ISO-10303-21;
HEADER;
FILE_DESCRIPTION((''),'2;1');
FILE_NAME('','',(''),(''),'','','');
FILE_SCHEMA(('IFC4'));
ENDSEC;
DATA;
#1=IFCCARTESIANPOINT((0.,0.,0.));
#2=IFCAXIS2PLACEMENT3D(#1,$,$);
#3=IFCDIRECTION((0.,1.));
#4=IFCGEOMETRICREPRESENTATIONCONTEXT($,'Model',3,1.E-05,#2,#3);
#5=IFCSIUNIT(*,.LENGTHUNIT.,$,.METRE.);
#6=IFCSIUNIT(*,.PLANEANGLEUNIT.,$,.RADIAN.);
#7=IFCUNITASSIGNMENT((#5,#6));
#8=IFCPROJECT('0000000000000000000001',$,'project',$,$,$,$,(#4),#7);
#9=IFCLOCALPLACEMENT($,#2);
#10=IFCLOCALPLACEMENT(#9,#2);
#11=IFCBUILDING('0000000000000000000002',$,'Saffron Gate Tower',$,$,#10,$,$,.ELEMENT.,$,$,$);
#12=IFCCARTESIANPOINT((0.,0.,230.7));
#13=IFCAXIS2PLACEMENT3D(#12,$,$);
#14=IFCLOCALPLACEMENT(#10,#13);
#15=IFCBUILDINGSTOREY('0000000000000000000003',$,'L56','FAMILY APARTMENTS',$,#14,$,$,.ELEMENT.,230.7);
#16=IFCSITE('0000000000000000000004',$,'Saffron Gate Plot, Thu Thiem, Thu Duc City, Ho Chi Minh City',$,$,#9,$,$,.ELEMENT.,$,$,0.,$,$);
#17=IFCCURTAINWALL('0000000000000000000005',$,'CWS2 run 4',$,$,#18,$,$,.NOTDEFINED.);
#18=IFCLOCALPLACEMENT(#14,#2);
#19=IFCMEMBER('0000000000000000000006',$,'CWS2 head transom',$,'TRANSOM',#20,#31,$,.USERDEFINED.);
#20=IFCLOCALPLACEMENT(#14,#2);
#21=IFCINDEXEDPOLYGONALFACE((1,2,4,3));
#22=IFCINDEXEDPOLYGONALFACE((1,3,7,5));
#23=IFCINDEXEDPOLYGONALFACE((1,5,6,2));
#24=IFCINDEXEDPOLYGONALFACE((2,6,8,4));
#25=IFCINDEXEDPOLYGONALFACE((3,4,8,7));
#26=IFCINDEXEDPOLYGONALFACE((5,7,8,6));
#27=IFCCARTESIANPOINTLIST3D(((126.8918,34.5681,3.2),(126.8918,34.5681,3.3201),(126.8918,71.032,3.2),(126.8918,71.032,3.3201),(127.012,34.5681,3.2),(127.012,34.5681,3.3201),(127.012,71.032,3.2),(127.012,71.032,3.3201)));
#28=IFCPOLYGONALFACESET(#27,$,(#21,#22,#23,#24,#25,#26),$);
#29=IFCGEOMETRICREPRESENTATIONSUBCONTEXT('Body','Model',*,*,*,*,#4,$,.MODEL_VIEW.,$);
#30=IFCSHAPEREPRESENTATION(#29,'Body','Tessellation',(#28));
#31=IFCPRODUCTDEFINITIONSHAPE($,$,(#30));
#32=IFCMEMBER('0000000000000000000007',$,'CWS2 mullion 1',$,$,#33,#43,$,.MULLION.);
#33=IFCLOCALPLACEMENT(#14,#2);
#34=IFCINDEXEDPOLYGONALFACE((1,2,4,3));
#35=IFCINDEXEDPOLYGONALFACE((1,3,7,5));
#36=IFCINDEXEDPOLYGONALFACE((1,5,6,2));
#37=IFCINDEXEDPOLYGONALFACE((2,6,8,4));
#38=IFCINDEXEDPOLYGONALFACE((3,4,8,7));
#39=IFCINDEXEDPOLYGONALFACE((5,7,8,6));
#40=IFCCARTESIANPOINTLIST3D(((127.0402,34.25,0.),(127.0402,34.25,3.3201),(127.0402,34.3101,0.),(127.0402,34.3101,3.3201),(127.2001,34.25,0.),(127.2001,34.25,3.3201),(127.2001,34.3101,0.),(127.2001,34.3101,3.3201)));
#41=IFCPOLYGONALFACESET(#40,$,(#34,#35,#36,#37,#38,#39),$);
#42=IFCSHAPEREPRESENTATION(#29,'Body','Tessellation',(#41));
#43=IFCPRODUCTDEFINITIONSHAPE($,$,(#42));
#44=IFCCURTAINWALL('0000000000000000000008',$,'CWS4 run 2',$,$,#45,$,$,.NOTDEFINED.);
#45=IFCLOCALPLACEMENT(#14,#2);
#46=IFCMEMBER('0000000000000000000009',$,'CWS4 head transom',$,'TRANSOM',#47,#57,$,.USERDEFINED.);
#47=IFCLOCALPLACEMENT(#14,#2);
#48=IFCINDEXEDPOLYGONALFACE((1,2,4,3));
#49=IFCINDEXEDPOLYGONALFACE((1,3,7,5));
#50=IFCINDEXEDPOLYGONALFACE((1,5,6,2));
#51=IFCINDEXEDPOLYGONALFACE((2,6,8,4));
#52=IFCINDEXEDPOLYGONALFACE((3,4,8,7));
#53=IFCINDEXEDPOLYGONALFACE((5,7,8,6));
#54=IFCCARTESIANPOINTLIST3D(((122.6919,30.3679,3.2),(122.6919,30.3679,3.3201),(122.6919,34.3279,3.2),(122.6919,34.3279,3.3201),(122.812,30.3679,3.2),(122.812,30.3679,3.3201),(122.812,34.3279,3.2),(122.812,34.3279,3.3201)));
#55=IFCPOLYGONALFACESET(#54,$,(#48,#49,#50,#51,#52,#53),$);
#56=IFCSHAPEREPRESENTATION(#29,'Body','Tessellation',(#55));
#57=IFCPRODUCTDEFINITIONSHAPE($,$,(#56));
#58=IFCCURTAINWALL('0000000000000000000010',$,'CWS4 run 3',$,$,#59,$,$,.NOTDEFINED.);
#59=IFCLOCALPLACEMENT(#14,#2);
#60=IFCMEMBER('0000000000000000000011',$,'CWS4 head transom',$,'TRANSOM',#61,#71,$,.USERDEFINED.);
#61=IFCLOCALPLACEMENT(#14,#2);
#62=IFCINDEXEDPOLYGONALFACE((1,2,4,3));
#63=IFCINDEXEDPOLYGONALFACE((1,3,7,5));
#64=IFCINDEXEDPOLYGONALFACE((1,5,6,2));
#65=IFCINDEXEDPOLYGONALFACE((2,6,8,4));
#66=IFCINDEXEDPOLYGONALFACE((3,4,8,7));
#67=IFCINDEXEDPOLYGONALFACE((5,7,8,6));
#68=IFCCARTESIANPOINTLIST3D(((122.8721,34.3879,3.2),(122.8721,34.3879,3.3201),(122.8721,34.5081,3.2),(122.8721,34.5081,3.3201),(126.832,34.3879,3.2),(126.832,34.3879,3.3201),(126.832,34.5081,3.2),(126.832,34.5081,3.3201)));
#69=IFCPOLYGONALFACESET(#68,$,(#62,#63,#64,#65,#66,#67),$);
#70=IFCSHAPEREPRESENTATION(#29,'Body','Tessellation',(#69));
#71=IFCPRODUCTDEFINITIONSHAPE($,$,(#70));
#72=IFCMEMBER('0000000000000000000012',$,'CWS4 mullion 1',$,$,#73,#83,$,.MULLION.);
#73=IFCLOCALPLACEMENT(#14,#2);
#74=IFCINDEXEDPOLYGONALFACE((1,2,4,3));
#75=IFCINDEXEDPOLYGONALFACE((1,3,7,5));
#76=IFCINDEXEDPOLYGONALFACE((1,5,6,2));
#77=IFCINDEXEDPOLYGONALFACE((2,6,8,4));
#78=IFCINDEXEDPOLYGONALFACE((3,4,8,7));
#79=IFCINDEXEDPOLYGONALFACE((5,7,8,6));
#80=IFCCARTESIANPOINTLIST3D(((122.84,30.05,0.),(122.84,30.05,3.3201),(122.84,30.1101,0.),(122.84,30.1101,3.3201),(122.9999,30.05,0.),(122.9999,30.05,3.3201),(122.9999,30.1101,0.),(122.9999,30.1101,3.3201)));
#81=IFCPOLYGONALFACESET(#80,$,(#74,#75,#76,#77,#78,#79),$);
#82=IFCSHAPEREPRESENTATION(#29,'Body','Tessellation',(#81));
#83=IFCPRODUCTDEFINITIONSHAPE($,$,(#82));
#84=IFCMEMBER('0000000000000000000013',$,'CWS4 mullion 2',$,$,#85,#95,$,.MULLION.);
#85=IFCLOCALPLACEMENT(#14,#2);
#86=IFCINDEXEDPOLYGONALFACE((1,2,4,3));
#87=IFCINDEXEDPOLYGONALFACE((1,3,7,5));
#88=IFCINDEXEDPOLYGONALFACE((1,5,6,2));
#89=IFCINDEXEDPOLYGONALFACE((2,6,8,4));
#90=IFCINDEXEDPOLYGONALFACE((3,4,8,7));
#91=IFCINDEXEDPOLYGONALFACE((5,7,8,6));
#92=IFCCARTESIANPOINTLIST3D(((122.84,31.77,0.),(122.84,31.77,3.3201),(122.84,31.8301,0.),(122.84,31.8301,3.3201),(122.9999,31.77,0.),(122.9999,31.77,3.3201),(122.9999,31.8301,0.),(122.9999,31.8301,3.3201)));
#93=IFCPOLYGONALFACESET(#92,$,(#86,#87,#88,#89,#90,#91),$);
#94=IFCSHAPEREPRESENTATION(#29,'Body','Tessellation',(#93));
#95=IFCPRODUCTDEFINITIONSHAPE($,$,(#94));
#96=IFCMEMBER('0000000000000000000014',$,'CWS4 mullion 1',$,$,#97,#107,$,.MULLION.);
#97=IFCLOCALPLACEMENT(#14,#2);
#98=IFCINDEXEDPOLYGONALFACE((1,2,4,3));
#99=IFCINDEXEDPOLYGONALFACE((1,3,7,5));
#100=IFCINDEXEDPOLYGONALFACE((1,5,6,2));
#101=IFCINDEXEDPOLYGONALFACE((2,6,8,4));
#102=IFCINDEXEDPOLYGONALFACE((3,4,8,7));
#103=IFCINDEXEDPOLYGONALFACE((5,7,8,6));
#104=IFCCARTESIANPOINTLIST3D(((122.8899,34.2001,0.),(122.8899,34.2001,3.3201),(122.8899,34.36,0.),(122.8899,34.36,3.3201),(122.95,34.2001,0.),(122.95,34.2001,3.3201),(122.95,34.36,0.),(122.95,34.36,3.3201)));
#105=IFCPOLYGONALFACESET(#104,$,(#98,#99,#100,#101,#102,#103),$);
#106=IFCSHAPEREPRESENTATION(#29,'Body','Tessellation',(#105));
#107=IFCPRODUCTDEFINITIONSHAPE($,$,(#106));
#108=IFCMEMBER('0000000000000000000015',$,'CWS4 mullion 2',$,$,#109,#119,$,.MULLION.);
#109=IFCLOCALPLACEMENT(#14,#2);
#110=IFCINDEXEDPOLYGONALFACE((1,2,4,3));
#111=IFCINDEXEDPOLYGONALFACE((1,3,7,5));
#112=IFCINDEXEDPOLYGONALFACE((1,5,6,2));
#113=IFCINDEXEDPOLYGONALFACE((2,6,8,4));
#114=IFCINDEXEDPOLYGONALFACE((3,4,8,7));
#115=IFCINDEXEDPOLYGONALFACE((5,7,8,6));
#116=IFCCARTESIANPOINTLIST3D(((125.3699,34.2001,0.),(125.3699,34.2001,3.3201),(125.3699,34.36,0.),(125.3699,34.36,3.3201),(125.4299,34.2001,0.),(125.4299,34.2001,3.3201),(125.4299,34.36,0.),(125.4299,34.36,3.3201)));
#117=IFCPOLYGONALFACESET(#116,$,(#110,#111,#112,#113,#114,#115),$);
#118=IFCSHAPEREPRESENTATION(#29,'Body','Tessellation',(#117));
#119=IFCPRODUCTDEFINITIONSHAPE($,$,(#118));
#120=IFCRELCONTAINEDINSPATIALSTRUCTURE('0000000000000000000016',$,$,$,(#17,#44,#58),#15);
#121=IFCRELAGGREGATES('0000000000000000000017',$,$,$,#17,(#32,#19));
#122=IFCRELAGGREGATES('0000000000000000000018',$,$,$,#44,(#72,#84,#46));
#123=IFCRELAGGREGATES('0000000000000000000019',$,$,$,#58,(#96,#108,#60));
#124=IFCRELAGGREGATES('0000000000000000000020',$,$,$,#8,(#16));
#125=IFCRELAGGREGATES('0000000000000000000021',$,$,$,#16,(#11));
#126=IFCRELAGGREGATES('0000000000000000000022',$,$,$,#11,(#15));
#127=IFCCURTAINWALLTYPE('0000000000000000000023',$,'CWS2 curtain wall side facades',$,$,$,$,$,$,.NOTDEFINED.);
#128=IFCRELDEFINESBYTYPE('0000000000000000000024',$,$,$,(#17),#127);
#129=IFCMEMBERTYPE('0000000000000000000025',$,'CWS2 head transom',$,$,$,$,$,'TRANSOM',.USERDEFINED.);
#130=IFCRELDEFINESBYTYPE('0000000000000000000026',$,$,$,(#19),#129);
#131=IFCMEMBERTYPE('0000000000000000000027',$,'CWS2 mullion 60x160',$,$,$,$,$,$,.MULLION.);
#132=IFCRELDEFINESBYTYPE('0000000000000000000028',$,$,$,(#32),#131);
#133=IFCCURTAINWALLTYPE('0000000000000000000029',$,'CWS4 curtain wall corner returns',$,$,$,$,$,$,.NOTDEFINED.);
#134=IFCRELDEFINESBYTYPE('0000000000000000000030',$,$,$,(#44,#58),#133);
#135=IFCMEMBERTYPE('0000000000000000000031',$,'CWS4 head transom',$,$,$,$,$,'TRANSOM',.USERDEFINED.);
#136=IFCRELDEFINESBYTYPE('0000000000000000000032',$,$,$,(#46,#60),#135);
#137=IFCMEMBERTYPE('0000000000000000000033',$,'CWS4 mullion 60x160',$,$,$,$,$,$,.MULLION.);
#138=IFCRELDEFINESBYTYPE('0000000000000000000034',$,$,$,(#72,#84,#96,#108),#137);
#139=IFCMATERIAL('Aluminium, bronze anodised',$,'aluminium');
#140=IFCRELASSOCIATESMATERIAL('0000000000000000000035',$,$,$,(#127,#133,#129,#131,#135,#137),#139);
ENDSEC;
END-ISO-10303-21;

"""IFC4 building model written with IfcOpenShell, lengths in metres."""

from ifc_helpers import new_model, si_unit, direction, frame, origin, origin_2d, place, context, subcontext, project, spatial, rectangle, extrude, material, material_profile, profile_set, type_object, element, aggregate, save


model = new_model("IFC4")

# Units and contexts
model_context = context("Model", 3, precision=1e-05, world=origin(), true_north=direction((0.0, 1.0)))
body_context = subcontext(model_context, "Body", "Model", "MODEL_VIEW")
ifc_project = project(units=[si_unit("LENGTHUNIT", "METRE"), si_unit("PLANEANGLEUNIT", "RADIAN")], contexts=[model_context])

# Site, building, storey
site_placement = place(None, origin())
site = spatial("IfcSite", under=ifc_project, at=site_placement, Name="Saffron Gate Plot, Thu Thiem, Thu Duc City, Ho Chi Minh City", CompositionType="ELEMENT", RefElevation=0.0)
building_placement = place(site_placement, origin())
building = spatial("IfcBuilding", under=site, at=building_placement, Name="Saffron Gate Tower", CompositionType="ELEMENT")
storey_placement = place(building_placement, frame((0.0, 0.0, 230.7)))
storey = spatial("IfcBuildingStorey", under=building, at=storey_placement, Name="L56", Description="FAMILY APARTMENTS", CompositionType="ELEMENT", Elevation=230.7)

# Curtain wall, members
ifc_material_1 = material(Name="Aluminium, bronze anodised", Category="aluminium")
curtain_wall_type_1 = type_object("IfcCurtainWallType", Name="CWS2 curtain wall side facades", PredefinedType="NOTDEFINED", material=ifc_material_1)
curtain_wall_1_placement = place(storey_placement, origin())
curtain_wall_1 = element("IfcCurtainWall", 1, at=curtain_wall_1_placement, inside=storey, type_object=curtain_wall_type_1, Name="CWS2 run 4", PredefinedType="NOTDEFINED")
ifc_material_profile_1 = material_profile(ifc_material_1, rectangle(XDim=0.1201, YDim=0.1201, at=origin_2d()))
ifc_profile_set_1 = profile_set([ifc_material_profile_1], Name="Aluminium, bronze anodised")
member_type_1 = type_object("IfcMemberType", Name="CWS2 head transom", ElementType="TRANSOM", PredefinedType="USERDEFINED", material=ifc_profile_set_1)
member_1_placement = place(storey_placement, frame((126.9519, 34.5681, 3.26), z_axis=(0.0, 1.0, 0.0), x_axis=(-1.0, 0.0, 0.0)))
member_1 = element("IfcMember", 2, at=member_1_placement, type_object=member_type_1, Name="CWS2 head transom", ObjectType="TRANSOM", PredefinedType="USERDEFINED", context=body_context, shape_type="SweptSolid", body=[
    extrude(rectangle(XDim=0.1201, YDim=0.1201, at=origin_2d()), origin(), (0.0, 0.0, 1.0), 36.4639),
])
ifc_material_profile_2 = material_profile(ifc_material_1, rectangle(XDim=0.1599, YDim=0.0601, at=origin_2d()))
ifc_profile_set_2 = profile_set([ifc_material_profile_2], Name="Aluminium, bronze anodised")
member_type_2 = type_object("IfcMemberType", Name="CWS2 mullion 60x160", PredefinedType="MULLION", material=ifc_profile_set_2)
member_2_placement = place(storey_placement, frame((127.1201, 34.28, 0.0), z_axis=(0.0, 0.0, 1.0), x_axis=(-1.0, 0.0, 0.0)))
member_2 = element("IfcMember", 3, at=member_2_placement, type_object=member_type_2, Name="CWS2 mullion 1", PredefinedType="MULLION", context=body_context, shape_type="SweptSolid", body=[
    extrude(rectangle(XDim=0.1599, YDim=0.0601, at=origin_2d()), origin(), (0.0, 0.0, 1.0), 3.3201),
])

# Curtain walls, members
curtain_wall_type_2 = type_object("IfcCurtainWallType", Name="CWS4 curtain wall corner returns", PredefinedType="NOTDEFINED", material=ifc_material_1)
curtain_wall_2_placement = place(storey_placement, origin())
curtain_wall_2 = element("IfcCurtainWall", 4, at=curtain_wall_2_placement, inside=storey, type_object=curtain_wall_type_2, Name="CWS4 run 2", PredefinedType="NOTDEFINED")
ifc_material_profile_3 = material_profile(ifc_material_1, rectangle(XDim=0.1201, YDim=0.1201, at=origin_2d()))
ifc_profile_set_3 = profile_set([ifc_material_profile_3], Name="Aluminium, bronze anodised")
member_type_3 = type_object("IfcMemberType", Name="CWS4 head transom", ElementType="TRANSOM", PredefinedType="USERDEFINED", material=ifc_profile_set_3)
member_3_placement = place(storey_placement, frame((122.752, 30.3679, 3.26), z_axis=(0.0, 1.0, 0.0), x_axis=(-1.0, 0.0, 0.0)))
member_3 = element("IfcMember", 5, at=member_3_placement, type_object=member_type_3, Name="CWS4 head transom", ObjectType="TRANSOM", PredefinedType="USERDEFINED", context=body_context, shape_type="SweptSolid", body=[
    extrude(rectangle(XDim=0.1201, YDim=0.1201, at=origin_2d()), origin(), (0.0, 0.0, 1.0), 3.96),
])
curtain_wall_3_placement = place(storey_placement, origin())
curtain_wall_3 = element("IfcCurtainWall", 6, at=curtain_wall_3_placement, inside=storey, type_object=curtain_wall_type_2, Name="CWS4 run 3", PredefinedType="NOTDEFINED")
member_4_placement = place(storey_placement, frame((122.8721, 34.448, 3.26), z_axis=(1.0, 0.0, 0.0), x_axis=(0.0, 1.0, 0.0)))
member_4 = element("IfcMember", 7, at=member_4_placement, type_object=member_type_3, Name="CWS4 head transom", ObjectType="TRANSOM", PredefinedType="USERDEFINED", context=body_context, shape_type="SweptSolid", body=[
    extrude(rectangle(XDim=0.1201, YDim=0.1201, at=origin_2d()), origin(), (0.0, 0.0, 1.0), 3.96),
])

# Members
ifc_material_profile_4 = material_profile(ifc_material_1, rectangle(XDim=0.1599, YDim=0.0601, at=origin_2d()))
ifc_profile_set_4 = profile_set([ifc_material_profile_4], Name="Aluminium, bronze anodised")
member_type_4 = type_object("IfcMemberType", Name="CWS4 mullion 60x160", PredefinedType="MULLION", material=ifc_profile_set_4)
member_5_placement = place(storey_placement, frame((122.9199, 30.0801, 0.0), z_axis=(0.0, 0.0, 1.0), x_axis=(-1.0, 0.0, 0.0)))
member_5 = element("IfcMember", 8, at=member_5_placement, type_object=member_type_4, Name="CWS4 mullion 1", PredefinedType="MULLION", context=body_context, shape_type="SweptSolid", body=[
    extrude(rectangle(XDim=0.1599, YDim=0.0601, at=origin_2d()), origin(), (0.0, 0.0, 1.0), 3.3201),
])
member_6_placement = place(storey_placement, frame((122.9199, 31.8, 0.0), z_axis=(0.0, 0.0, 1.0), x_axis=(-1.0, 0.0, 0.0)))
member_6 = element("IfcMember", 9, at=member_6_placement, type_object=member_type_4, Name="CWS4 mullion 2", PredefinedType="MULLION", context=body_context, shape_type="SweptSolid", body=[
    extrude(rectangle(XDim=0.1599, YDim=0.0601, at=origin_2d()), origin(), (0.0, 0.0, 1.0), 3.3201),
])
member_7_placement = place(storey_placement, frame((122.9199, 34.28, 0.0), z_axis=(0.0, 0.0, 1.0), x_axis=(0.0, 1.0, 0.0)))
member_7 = element("IfcMember", 10, at=member_7_placement, type_object=member_type_4, Name="CWS4 mullion 1", PredefinedType="MULLION", context=body_context, shape_type="SweptSolid", body=[
    extrude(rectangle(XDim=0.1599, YDim=0.0601, at=origin_2d()), origin(), (0.0, 0.0, 1.0), 3.3201),
])
member_8_placement = place(storey_placement, frame((125.3999, 34.28, 0.0), z_axis=(0.0, 0.0, 1.0), x_axis=(0.0, 1.0, 0.0)))
member_8 = element("IfcMember", 11, at=member_8_placement, type_object=member_type_4, Name="CWS4 mullion 2", PredefinedType="MULLION", context=body_context, shape_type="SweptSolid", body=[
    extrude(rectangle(XDim=0.1599, YDim=0.0601, at=origin_2d()), origin(), (0.0, 0.0, 1.0), 3.3201),
])

aggregate(curtain_wall_1, [member_2, member_1])

aggregate(curtain_wall_2, [member_5, member_6, member_3])
aggregate(curtain_wall_3, [member_7, member_8, member_4])

save(model, "model.ifc")
